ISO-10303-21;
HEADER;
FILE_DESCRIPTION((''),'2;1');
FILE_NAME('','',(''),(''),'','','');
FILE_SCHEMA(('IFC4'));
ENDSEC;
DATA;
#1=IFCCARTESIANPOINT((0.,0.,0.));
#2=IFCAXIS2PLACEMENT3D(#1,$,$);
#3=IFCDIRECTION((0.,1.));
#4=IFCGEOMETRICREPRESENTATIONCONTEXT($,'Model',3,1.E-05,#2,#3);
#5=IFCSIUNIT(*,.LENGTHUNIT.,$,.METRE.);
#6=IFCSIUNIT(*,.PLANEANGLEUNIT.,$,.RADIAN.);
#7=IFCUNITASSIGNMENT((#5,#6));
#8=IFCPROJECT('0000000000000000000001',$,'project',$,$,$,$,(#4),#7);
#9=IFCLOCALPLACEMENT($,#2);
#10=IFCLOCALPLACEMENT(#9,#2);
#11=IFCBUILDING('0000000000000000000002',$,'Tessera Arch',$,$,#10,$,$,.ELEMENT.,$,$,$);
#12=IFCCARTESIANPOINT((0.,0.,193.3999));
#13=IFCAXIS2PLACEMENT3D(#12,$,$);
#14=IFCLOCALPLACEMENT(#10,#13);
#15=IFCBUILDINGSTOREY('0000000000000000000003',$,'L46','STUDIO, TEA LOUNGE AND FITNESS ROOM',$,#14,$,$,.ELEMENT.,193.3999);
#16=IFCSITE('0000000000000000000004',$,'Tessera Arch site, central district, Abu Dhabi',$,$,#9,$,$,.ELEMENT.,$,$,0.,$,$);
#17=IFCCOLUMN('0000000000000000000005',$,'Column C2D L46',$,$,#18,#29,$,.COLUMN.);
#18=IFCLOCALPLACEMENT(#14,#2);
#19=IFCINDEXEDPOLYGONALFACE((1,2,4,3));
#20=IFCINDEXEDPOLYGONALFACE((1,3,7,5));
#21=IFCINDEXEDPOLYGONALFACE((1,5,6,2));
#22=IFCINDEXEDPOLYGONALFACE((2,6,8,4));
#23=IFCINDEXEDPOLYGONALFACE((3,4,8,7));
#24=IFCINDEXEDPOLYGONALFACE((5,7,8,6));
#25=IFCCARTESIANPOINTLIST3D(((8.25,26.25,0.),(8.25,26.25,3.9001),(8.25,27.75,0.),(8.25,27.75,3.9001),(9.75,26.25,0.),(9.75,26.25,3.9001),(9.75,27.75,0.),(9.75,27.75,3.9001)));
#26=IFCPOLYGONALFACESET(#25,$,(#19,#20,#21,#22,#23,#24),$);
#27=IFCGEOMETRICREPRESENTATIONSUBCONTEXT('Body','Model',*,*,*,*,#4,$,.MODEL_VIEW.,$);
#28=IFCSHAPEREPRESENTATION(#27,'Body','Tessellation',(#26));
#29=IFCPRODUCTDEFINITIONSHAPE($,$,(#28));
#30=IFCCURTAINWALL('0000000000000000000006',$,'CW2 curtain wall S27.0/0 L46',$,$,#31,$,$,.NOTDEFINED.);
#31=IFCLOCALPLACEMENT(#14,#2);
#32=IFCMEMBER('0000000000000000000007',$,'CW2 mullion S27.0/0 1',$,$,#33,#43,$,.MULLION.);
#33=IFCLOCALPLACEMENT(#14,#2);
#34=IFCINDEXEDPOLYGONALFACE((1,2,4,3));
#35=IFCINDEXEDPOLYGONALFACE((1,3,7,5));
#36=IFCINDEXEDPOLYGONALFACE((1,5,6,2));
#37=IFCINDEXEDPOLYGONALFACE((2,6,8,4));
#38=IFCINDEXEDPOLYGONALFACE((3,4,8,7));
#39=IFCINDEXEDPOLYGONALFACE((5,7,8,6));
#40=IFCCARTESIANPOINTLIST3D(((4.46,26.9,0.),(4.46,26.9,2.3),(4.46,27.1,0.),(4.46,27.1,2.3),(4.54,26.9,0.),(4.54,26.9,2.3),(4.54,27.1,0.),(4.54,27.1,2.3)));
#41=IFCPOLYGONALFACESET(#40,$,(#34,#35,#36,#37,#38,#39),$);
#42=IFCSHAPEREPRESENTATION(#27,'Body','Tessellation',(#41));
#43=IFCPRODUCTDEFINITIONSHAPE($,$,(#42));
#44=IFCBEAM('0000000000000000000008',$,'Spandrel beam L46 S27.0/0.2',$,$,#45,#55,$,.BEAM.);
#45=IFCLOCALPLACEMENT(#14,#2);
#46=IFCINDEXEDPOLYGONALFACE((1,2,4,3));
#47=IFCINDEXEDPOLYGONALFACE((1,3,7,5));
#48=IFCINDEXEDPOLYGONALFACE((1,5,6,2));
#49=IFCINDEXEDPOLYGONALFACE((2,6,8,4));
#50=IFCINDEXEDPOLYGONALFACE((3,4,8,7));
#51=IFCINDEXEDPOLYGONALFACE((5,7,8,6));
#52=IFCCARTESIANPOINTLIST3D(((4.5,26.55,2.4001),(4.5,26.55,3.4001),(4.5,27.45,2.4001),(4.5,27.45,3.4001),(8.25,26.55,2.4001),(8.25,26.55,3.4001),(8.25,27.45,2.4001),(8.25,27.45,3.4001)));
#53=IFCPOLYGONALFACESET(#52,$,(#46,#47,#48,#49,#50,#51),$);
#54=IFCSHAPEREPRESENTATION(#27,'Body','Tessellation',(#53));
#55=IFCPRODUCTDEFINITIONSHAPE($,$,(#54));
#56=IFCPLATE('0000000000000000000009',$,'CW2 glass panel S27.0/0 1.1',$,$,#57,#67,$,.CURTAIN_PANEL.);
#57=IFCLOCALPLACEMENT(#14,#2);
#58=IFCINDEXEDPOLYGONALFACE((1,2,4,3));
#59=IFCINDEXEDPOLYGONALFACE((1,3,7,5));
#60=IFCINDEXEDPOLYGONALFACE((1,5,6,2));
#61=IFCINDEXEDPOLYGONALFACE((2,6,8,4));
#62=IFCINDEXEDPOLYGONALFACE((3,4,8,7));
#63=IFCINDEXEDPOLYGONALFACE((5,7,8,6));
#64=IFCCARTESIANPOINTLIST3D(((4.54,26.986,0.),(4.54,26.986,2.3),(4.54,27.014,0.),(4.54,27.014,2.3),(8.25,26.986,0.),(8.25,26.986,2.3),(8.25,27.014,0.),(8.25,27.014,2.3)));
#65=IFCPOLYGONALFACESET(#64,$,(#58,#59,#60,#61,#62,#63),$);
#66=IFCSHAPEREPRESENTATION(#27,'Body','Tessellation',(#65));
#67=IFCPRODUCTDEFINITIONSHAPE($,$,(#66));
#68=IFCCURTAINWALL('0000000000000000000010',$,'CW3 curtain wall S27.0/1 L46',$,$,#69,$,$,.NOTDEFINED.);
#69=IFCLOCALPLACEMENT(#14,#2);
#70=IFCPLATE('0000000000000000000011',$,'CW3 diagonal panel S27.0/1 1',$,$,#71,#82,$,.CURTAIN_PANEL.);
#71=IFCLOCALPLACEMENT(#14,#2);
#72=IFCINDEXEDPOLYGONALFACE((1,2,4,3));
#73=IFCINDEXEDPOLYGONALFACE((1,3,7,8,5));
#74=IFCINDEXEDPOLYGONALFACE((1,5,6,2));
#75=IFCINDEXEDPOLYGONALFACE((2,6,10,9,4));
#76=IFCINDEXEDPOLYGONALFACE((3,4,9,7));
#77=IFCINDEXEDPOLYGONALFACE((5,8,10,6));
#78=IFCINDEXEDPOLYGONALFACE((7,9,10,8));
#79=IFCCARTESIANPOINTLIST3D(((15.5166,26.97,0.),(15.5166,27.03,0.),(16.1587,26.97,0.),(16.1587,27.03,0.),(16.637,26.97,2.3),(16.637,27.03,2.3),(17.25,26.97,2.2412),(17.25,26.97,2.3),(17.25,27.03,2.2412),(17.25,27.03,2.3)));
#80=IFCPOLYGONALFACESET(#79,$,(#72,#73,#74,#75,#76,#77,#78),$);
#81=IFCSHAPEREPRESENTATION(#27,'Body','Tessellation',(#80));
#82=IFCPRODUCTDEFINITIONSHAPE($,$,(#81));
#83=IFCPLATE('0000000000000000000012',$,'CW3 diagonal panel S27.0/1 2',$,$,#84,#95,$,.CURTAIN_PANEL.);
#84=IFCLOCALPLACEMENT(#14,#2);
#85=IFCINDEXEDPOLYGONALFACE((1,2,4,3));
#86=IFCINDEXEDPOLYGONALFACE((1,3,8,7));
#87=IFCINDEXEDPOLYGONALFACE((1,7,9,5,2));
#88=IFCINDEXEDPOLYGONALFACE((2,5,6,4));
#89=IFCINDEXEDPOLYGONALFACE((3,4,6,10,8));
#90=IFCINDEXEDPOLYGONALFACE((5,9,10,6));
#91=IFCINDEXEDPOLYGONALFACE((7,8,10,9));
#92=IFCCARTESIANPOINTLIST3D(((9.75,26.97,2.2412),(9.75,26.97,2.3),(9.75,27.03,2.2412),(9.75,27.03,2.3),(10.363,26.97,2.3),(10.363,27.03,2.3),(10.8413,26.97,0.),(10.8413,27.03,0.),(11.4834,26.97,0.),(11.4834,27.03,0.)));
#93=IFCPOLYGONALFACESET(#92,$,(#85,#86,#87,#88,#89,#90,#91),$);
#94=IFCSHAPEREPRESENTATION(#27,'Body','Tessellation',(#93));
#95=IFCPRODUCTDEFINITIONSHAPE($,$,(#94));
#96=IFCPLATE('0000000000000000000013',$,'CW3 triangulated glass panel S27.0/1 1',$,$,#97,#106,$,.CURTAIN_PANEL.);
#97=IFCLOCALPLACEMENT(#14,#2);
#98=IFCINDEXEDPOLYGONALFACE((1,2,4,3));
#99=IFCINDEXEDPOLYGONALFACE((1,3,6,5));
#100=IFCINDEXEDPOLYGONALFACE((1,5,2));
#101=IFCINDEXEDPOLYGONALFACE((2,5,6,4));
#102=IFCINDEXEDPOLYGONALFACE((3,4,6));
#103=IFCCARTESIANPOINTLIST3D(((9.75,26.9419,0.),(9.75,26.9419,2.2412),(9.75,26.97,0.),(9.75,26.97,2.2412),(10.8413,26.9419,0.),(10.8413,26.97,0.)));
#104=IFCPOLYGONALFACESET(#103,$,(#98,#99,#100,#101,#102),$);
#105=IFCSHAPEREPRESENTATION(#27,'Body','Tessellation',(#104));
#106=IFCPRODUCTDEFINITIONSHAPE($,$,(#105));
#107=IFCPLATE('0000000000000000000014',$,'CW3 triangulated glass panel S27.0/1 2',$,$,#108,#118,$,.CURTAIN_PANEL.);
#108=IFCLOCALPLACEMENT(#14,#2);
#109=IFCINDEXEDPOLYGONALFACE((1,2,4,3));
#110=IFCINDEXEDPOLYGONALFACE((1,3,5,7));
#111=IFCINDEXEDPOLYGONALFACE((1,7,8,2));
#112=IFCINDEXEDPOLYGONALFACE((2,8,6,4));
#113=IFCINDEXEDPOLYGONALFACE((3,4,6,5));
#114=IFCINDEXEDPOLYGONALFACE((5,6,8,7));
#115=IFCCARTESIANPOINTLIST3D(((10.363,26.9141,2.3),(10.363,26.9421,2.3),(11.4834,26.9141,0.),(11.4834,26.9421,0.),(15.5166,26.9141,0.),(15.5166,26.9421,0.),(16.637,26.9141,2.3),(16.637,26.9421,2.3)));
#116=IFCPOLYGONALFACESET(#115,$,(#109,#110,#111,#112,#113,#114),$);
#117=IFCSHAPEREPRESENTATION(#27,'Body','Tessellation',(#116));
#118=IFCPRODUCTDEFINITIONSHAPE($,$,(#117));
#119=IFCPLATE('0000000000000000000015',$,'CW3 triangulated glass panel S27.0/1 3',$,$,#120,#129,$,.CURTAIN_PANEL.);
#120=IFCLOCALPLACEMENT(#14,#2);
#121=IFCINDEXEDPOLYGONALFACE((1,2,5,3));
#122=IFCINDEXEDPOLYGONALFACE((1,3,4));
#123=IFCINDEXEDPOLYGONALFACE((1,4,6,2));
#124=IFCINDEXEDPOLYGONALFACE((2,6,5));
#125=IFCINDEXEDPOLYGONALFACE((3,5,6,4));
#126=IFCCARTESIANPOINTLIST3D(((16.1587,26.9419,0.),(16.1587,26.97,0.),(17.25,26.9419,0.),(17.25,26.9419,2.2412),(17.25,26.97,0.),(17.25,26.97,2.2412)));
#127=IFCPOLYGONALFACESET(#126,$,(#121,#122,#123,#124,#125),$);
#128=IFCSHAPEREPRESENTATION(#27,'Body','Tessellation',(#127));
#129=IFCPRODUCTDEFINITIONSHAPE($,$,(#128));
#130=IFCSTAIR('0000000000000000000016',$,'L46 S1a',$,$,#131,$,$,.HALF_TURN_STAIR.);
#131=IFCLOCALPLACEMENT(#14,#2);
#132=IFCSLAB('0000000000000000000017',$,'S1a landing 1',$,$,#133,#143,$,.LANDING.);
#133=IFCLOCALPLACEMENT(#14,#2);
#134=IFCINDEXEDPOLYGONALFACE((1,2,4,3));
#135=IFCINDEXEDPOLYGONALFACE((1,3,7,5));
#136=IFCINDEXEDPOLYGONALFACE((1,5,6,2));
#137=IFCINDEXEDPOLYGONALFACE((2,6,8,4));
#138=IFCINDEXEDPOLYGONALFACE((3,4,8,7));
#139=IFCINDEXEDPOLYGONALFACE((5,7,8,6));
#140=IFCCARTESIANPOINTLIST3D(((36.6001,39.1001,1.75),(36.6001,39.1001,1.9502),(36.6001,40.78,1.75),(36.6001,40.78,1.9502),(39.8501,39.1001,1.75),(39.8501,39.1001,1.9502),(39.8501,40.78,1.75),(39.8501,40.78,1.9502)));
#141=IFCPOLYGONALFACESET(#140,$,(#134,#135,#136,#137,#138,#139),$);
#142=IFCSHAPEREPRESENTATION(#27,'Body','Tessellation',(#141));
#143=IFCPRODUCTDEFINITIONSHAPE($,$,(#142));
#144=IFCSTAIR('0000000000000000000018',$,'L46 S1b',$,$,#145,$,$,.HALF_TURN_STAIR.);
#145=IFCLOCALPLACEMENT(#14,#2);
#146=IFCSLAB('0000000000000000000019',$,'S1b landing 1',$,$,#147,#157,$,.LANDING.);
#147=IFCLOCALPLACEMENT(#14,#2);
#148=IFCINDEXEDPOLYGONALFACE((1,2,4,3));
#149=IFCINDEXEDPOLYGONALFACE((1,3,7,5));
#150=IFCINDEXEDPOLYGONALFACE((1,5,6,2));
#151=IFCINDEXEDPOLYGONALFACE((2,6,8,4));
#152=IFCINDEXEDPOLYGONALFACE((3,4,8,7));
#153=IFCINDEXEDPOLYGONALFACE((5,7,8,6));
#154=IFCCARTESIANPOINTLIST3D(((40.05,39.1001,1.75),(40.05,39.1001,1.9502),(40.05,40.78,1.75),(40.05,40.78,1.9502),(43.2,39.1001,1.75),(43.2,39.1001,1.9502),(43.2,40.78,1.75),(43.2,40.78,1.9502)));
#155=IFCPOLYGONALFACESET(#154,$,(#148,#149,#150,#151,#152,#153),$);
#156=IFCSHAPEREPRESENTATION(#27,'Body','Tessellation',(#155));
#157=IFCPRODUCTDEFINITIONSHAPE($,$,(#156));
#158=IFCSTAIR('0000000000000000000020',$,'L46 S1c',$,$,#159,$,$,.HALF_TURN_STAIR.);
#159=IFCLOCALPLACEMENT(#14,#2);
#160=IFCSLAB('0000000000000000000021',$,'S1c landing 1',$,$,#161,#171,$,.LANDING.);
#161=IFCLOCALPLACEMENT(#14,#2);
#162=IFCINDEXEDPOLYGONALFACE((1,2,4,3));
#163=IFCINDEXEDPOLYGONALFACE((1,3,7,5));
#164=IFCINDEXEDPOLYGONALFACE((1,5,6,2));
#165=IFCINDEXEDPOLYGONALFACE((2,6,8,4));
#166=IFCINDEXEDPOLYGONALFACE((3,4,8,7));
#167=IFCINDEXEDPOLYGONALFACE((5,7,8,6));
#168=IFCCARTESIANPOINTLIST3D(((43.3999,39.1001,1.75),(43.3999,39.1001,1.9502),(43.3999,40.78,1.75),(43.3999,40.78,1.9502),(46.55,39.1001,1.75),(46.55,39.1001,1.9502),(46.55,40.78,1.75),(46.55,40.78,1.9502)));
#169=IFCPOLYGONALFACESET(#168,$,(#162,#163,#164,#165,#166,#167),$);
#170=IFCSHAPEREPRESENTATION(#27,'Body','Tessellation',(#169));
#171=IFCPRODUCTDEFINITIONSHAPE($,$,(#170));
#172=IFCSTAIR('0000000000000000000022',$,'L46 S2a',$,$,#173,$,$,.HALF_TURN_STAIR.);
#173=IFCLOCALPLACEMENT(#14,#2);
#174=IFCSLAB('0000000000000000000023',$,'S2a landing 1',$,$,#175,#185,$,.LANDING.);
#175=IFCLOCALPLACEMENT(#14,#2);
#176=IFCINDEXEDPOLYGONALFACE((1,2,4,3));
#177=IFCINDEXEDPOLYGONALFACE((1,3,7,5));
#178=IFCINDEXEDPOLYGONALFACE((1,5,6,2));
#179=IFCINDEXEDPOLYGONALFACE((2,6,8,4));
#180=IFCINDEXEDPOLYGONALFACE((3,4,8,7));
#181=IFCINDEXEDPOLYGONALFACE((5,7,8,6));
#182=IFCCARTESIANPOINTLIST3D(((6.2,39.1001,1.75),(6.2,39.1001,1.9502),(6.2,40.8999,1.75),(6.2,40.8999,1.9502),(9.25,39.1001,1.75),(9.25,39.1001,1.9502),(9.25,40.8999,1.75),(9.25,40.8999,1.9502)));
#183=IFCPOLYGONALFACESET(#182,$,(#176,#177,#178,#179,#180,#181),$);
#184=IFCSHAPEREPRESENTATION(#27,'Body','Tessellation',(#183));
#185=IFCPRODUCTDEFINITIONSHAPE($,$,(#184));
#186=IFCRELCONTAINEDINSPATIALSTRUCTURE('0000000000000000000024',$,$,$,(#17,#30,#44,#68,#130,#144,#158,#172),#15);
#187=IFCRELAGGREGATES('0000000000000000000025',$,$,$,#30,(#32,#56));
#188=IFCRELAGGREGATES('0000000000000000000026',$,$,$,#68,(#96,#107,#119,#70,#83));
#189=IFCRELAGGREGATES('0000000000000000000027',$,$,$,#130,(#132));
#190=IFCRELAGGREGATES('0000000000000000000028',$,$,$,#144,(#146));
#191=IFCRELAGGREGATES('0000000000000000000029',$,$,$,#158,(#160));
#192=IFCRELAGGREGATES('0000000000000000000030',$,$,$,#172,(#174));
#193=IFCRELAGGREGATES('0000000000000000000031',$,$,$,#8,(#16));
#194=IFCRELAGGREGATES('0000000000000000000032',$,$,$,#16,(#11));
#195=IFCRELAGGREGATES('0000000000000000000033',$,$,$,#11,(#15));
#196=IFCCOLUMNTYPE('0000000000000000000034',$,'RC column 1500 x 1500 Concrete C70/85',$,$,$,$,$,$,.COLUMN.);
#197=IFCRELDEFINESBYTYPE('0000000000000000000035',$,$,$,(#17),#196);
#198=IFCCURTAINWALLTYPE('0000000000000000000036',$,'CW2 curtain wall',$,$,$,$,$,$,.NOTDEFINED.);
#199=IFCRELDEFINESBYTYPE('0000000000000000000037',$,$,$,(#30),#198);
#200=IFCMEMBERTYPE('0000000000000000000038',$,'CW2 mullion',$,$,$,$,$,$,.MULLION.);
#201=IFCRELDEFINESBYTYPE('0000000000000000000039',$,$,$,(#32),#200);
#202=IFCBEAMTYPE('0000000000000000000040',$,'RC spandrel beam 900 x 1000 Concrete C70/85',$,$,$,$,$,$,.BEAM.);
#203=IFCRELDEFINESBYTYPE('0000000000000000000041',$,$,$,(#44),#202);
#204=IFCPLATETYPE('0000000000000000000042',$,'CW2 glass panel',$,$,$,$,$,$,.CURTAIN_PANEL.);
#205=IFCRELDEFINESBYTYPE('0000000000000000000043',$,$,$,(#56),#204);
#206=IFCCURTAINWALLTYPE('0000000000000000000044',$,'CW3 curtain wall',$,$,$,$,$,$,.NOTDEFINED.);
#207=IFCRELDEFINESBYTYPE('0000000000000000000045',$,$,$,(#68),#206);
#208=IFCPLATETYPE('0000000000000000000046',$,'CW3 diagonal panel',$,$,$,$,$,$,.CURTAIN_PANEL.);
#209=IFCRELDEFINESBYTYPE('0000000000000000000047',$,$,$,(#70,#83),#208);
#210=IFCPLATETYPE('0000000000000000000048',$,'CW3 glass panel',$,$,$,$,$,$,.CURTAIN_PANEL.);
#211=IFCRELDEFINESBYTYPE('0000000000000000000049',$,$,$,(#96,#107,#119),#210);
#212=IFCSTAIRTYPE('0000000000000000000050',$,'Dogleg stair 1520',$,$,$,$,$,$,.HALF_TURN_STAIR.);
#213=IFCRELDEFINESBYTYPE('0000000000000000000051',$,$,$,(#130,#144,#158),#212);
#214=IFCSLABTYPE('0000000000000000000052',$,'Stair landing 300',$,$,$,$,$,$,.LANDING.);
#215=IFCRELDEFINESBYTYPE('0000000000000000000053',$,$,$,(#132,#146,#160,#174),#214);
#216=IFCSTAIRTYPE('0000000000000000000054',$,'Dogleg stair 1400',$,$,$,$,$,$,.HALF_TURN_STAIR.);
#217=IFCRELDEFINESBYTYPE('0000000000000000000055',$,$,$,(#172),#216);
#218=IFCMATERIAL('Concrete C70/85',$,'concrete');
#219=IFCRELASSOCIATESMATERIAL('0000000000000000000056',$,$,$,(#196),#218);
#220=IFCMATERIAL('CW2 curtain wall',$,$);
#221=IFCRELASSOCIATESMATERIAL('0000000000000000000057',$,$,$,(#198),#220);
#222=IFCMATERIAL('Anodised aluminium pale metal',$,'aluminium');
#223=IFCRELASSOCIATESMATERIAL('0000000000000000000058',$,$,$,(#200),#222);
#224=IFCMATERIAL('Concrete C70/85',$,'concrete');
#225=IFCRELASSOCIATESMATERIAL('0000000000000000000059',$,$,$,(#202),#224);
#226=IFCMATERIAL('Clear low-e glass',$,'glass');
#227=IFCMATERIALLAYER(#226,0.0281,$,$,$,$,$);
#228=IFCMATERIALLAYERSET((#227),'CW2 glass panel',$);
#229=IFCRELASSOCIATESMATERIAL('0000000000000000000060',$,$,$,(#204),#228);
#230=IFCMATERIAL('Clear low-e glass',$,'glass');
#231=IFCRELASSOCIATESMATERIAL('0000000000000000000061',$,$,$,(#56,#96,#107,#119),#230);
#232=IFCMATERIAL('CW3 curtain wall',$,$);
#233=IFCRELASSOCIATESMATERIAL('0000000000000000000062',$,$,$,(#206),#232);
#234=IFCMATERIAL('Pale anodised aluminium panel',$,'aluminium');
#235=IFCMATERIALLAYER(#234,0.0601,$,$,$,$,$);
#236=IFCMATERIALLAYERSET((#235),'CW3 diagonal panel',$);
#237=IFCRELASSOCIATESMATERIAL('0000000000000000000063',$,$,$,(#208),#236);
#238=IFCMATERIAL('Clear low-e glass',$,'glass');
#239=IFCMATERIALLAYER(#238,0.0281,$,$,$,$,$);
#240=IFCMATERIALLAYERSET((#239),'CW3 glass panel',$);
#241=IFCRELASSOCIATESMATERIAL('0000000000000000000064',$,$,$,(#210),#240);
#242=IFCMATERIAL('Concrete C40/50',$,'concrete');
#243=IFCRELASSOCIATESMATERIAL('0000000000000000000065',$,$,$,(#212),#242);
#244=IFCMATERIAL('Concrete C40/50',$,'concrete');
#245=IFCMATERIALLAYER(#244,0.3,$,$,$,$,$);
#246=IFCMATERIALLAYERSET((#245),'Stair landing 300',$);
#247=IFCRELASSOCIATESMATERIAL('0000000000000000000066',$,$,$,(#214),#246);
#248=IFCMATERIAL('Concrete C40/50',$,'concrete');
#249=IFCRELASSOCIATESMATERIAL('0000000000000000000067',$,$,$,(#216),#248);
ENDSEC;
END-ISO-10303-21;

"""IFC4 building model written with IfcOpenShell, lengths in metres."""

from ifc_helpers import new_model, si_unit, direction, frame, origin, origin_2d, place, context, subcontext, project, spatial, polyline, rectangle, outline, extrude, material, layer, layer_set, material_profile, profile_set, type_object, element, aggregate, save


model = new_model("IFC4")

# Units and contexts
model_context = context("Model", 3, precision=1e-05, world=origin(), true_north=direction((0.0, 1.0)))
body_context = subcontext(model_context, "Body", "Model", "MODEL_VIEW")
ifc_project = project(units=[si_unit("LENGTHUNIT", "METRE"), si_unit("PLANEANGLEUNIT", "RADIAN")], contexts=[model_context])

# Site, building, storey
site_placement = place(None, origin())
site = spatial("IfcSite", under=ifc_project, at=site_placement, Name="Tessera Arch site, central district, Abu Dhabi", CompositionType="ELEMENT", RefElevation=0.0)
building_placement = place(site_placement, origin())
building = spatial("IfcBuilding", under=site, at=building_placement, Name="Tessera Arch", CompositionType="ELEMENT")
storey_placement = place(building_placement, frame((0.0, 0.0, 193.3999)))
storey = spatial("IfcBuildingStorey", under=building, at=storey_placement, Name="L46", Description="STUDIO, TEA LOUNGE AND FITNESS ROOM", CompositionType="ELEMENT", Elevation=193.3999)

# Column
ifc_material_1 = material(Name="Concrete C70/85", Category="concrete")
ifc_material_profile_1 = material_profile(ifc_material_1, rectangle(XDim=1.5, YDim=1.5, at=origin_2d()), Name="RC column 1500 x 1500 Concrete C70/85")
ifc_profile_set_1 = profile_set([ifc_material_profile_1], Name="Concrete C70/85")
column_type = type_object("IfcColumnType", Name="RC column 1500 x 1500 Concrete C70/85", PredefinedType="COLUMN", material=ifc_profile_set_1)
column_placement = place(storey_placement, frame((9.0, 27.0, 0.0), z_axis=(0.0, 0.0, 1.0), x_axis=(1.0, 0.0, 0.0)))
element("IfcColumn", 1, at=column_placement, inside=storey, type_object=column_type, Name="Column C2D L46", PredefinedType="COLUMN", context=body_context, shape_type="SweptSolid", body=[
    extrude(rectangle(XDim=1.5, YDim=1.5, at=origin_2d()), origin(), (0.0, 0.0, 1.0), 3.9001),
])

# Curtain wall, member
ifc_material_2 = material(Name="CW2 curtain wall")
curtain_wall_type_1 = type_object("IfcCurtainWallType", Name="CW2 curtain wall", PredefinedType="NOTDEFINED", material=ifc_material_2)
curtain_wall_1_placement = place(storey_placement, origin())
curtain_wall_1 = element("IfcCurtainWall", 2, at=curtain_wall_1_placement, inside=storey, type_object=curtain_wall_type_1, Name="CW2 curtain wall S27.0/0 L46", PredefinedType="NOTDEFINED")
ifc_material_3 = material(Name="Anodised aluminium pale metal", Category="aluminium")
ifc_material_profile_2 = material_profile(ifc_material_3, rectangle(XDim=0.2, YDim=0.0801, at=origin_2d()), Name="AL 80x200")
ifc_profile_set_2 = profile_set([ifc_material_profile_2], Name="Anodised aluminium pale metal")
member_type = type_object("IfcMemberType", Name="CW2 mullion", PredefinedType="MULLION", material=ifc_profile_set_2)
member_placement = place(storey_placement, frame((4.5, 27.0, 0.0), z_axis=(0.0, 0.0, 1.0), x_axis=(0.0, 1.0, 0.0)))
member = element("IfcMember", 3, at=member_placement, type_object=member_type, Name="CW2 mullion S27.0/0 1", PredefinedType="MULLION", context=body_context, shape_type="SweptSolid", body=[
    extrude(rectangle(XDim=0.2, YDim=0.0801, at=origin_2d()), origin(), (0.0, 0.0, 1.0), 2.3),
])

# Beam
ifc_material_4 = material(Name="Concrete C70/85", Category="concrete")
ifc_material_profile_3 = material_profile(ifc_material_4, rectangle(XDim=0.8999, YDim=1.0, at=origin_2d()), Name="RC spandrel beam 900 x 1000 Concrete C70/85")
ifc_profile_set_3 = profile_set([ifc_material_profile_3], Name="Concrete C70/85")
beam_type = type_object("IfcBeamType", Name="RC spandrel beam 900 x 1000 Concrete C70/85", PredefinedType="BEAM", material=ifc_profile_set_3)
beam_placement = place(storey_placement, frame((4.5, 27.0, 2.9001), z_axis=(1.0, 0.0, 0.0), x_axis=(0.0, 1.0, 0.0)))
element("IfcBeam", 4, at=beam_placement, inside=storey, type_object=beam_type, Name="Spandrel beam L46 S27.0/0.2", PredefinedType="BEAM", context=body_context, shape_type="SweptSolid", body=[
    extrude(rectangle(XDim=0.8999, YDim=1.0, at=origin_2d()), origin(), (0.0, 0.0, 1.0), 3.75),
])

# Plate
ifc_material_5 = material(Name="Clear low-e glass", Category="glass")
ifc_material_6 = material(Name="Clear low-e glass", Category="glass")
ifc_layer_1 = layer(ifc_material_6, 0.0281)
ifc_layer_set_1 = layer_set([ifc_layer_1], Name="CW2 glass panel")
plate_type_1 = type_object("IfcPlateType", Name="CW2 glass panel", PredefinedType="CURTAIN_PANEL", material=ifc_layer_set_1)
plate_1_placement = place(storey_placement, frame((6.395, 27.0, 0.0), z_axis=(0.0, 0.0, 1.0), x_axis=(1.0, 0.0, 0.0)))
plate_1 = element("IfcPlate", 5, at=plate_1_placement, type_object=plate_type_1, material=ifc_material_5, Name="CW2 glass panel S27.0/0 1.1", PredefinedType="CURTAIN_PANEL", context=body_context, shape_type="SweptSolid", body=[
    extrude(rectangle(XDim=3.71, YDim=0.0281, at=origin_2d()), origin(), (0.0, 0.0, 1.0), 2.3),
])
aggregate(curtain_wall_1, [member, plate_1])

# Curtain wall, plates
ifc_material_7 = material(Name="CW3 curtain wall")
curtain_wall_type_2 = type_object("IfcCurtainWallType", Name="CW3 curtain wall", PredefinedType="NOTDEFINED", material=ifc_material_7)
curtain_wall_2_placement = place(storey_placement, origin())
curtain_wall_2 = element("IfcCurtainWall", 6, at=curtain_wall_2_placement, inside=storey, type_object=curtain_wall_type_2, Name="CW3 curtain wall S27.0/1 L46", PredefinedType="NOTDEFINED")
ifc_material_8 = material(Name="Pale anodised aluminium panel", Category="aluminium")
ifc_layer_2 = layer(ifc_material_8, 0.0601)
ifc_layer_set_2 = layer_set([ifc_layer_2], Name="CW3 diagonal panel")
plate_type_2 = type_object("IfcPlateType", Name="CW3 diagonal panel", PredefinedType="CURTAIN_PANEL", material=ifc_layer_set_2)
plate_2_placement = place(storey_placement, frame((17.25, 26.97, 2.3), z_axis=(0.0, -1.0, 0.0), x_axis=(-1.0, 0.0, 0.0)))
plate_2 = element("IfcPlate", 7, at=plate_2_placement, type_object=plate_type_2, Name="CW3 diagonal panel S27.0/1 1", PredefinedType="CURTAIN_PANEL", context=body_context, shape_type="SweptSolid", body=[
    extrude(outline(polyline([(0.0, 0.0), (0.613, 0.0), (1.7334, 2.3), (1.0913, 2.3), (0.0, 0.0588), (0.0, 0.0)])), origin(), (0.0, 0.0, -1.0), 0.0601),
])
plate_3_placement = place(storey_placement, frame((9.75, 26.97, 2.3), z_axis=(0.0, -1.0, 0.0), x_axis=(0.0, 0.0, -1.0)))
plate_3 = element("IfcPlate", 8, at=plate_3_placement, type_object=plate_type_2, Name="CW3 diagonal panel S27.0/1 2", PredefinedType="CURTAIN_PANEL", context=body_context, shape_type="SweptSolid", body=[
    extrude(outline(polyline([(0.0, 0.0), (0.0588, 0.0), (2.3, 1.0913), (2.3, 1.7334), (0.0, 0.613), (0.0, 0.0)])), origin(), (0.0, 0.0, -1.0), 0.0601),
])
ifc_material_9 = material(Name="Clear low-e glass", Category="glass")
ifc_layer_3 = layer(ifc_material_9, 0.0281)
ifc_layer_set_3 = layer_set([ifc_layer_3], Name="CW3 glass panel")
plate_type_3 = type_object("IfcPlateType", Name="CW3 glass panel", PredefinedType="CURTAIN_PANEL", material=ifc_layer_set_3)
plate_4_placement = place(storey_placement, frame((9.75, 26.9419, 0.0), z_axis=(0.0, -1.0, 0.0), x_axis=(1.0, 0.0, 0.0)))
plate_4 = element("IfcPlate", 9, at=plate_4_placement, type_object=plate_type_3, material=ifc_material_5, Name="CW3 triangulated glass panel S27.0/1 1", PredefinedType="CURTAIN_PANEL", context=body_context, shape_type="SweptSolid", body=[
    extrude(outline(polyline([(0.0, 0.0), (1.0913, 0.0), (0.0, 2.2412), (0.0, 0.0)])), origin(), (0.0, 0.0, -1.0), 0.0281),
])
plate_5_placement = place(storey_placement, frame((16.637, 26.9141, 2.3), z_axis=(0.0, -1.0, 0.0), x_axis=(-1.0, 0.0, 0.0)))
plate_5 = element("IfcPlate", 10, at=plate_5_placement, type_object=plate_type_3, material=ifc_material_5, Name="CW3 triangulated glass panel S27.0/1 2", PredefinedType="CURTAIN_PANEL", context=body_context, shape_type="SweptSolid", body=[
    extrude(outline(polyline([(0.0, 0.0), (6.2739, 0.0), (5.1536, 2.3), (1.1204, 2.3), (0.0, 0.0)])), origin(), (0.0, 0.0, -1.0), 0.0281),
])
plate_6_placement = place(storey_placement, frame((17.25, 26.9419, 0.0), z_axis=(0.0, -1.0, 0.0), x_axis=(0.0, 0.0, 1.0)))
plate_6 = element("IfcPlate", 11, at=plate_6_placement, type_object=plate_type_3, material=ifc_material_5, Name="CW3 triangulated glass panel S27.0/1 3", PredefinedType="CURTAIN_PANEL", context=body_context, shape_type="SweptSolid", body=[
    extrude(outline(polyline([(0.0, 0.0), (2.2412, 0.0), (0.0, 1.0913), (0.0, 0.0)])), origin(), (0.0, 0.0, -1.0), 0.0281),
])
aggregate(curtain_wall_2, [plate_4, plate_5, plate_6, plate_2, plate_3])

# Stairs, slabs
ifc_material_10 = material(Name="Concrete C40/50", Category="concrete")
stair_type_1 = type_object("IfcStairType", Name="Dogleg stair 1520", PredefinedType="HALF_TURN_STAIR", material=ifc_material_10)
stair_1_placement = place(storey_placement, origin())
stair_1 = element("IfcStair", 12, at=stair_1_placement, inside=storey, type_object=stair_type_1, Name="L46 S1a", PredefinedType="HALF_TURN_STAIR")
ifc_material_11 = material(Name="Concrete C40/50", Category="concrete")
ifc_layer_4 = layer(ifc_material_11, 0.3)
ifc_layer_set_4 = layer_set([ifc_layer_4], Name="Stair landing 300")
slab_type = type_object("IfcSlabType", Name="Stair landing 300", PredefinedType="LANDING", material=ifc_layer_set_4)
slab_1_placement = place(storey_placement, frame((0.0, 0.0, 1.75)))
slab_1 = element("IfcSlab", 13, at=slab_1_placement, type_object=slab_type, Name="S1a landing 1", PredefinedType="LANDING", context=body_context, shape_type="SweptSolid", body=[
    extrude(outline(polyline([(36.6001, 40.78), (36.6001, 39.1001), (39.8501, 39.1001), (39.8501, 40.78), (36.6001, 40.78)])), origin(), (0.0, 0.0, 1.0), 0.2002),
])
aggregate(stair_1, [slab_1])
stair_2_placement = place(storey_placement, origin())
stair_2 = element("IfcStair", 14, at=stair_2_placement, inside=storey, type_object=stair_type_1, Name="L46 S1b", PredefinedType="HALF_TURN_STAIR")
slab_2_placement = place(storey_placement, frame((0.0, 0.0, 1.75)))
slab_2 = element("IfcSlab", 15, at=slab_2_placement, type_object=slab_type, Name="S1b landing 1", PredefinedType="LANDING", context=body_context, shape_type="SweptSolid", body=[
    extrude(outline(polyline([(40.05, 40.78), (40.05, 39.1001), (43.2, 39.1001), (43.2, 40.78), (40.05, 40.78)])), origin(), (0.0, 0.0, 1.0), 0.2002),
])
aggregate(stair_2, [slab_2])
stair_3_placement = place(storey_placement, origin())
stair_3 = element("IfcStair", 16, at=stair_3_placement, inside=storey, type_object=stair_type_1, Name="L46 S1c", PredefinedType="HALF_TURN_STAIR")
slab_3_placement = place(storey_placement, frame((0.0, 0.0, 1.75)))
slab_3 = element("IfcSlab", 17, at=slab_3_placement, type_object=slab_type, Name="S1c landing 1", PredefinedType="LANDING", context=body_context, shape_type="SweptSolid", body=[
    extrude(outline(polyline([(43.3999, 40.78), (43.3999, 39.1001), (46.55, 39.1001), (46.55, 40.78), (43.3999, 40.78)])), origin(), (0.0, 0.0, 1.0), 0.2002),
])
aggregate(stair_3, [slab_3])
ifc_material_12 = material(Name="Concrete C40/50", Category="concrete")
stair_type_2 = type_object("IfcStairType", Name="Dogleg stair 1400", PredefinedType="HALF_TURN_STAIR", material=ifc_material_12)
stair_4_placement = place(storey_placement, origin())
stair_4 = element("IfcStair", 18, at=stair_4_placement, inside=storey, type_object=stair_type_2, Name="L46 S2a", PredefinedType="HALF_TURN_STAIR")
slab_4_placement = place(storey_placement, frame((0.0, 0.0, 1.75)))
slab_4 = element("IfcSlab", 19, at=slab_4_placement, type_object=slab_type, Name="S2a landing 1", PredefinedType="LANDING", context=body_context, shape_type="SweptSolid", body=[
    extrude(outline(polyline([(6.2, 40.8999), (6.2, 39.1001), (9.25, 39.1001), (9.25, 40.8999), (6.2, 40.8999)])), origin(), (0.0, 0.0, 1.0), 0.2002),
])
aggregate(stair_4, [slab_4])

save(model, "model.ifc")
